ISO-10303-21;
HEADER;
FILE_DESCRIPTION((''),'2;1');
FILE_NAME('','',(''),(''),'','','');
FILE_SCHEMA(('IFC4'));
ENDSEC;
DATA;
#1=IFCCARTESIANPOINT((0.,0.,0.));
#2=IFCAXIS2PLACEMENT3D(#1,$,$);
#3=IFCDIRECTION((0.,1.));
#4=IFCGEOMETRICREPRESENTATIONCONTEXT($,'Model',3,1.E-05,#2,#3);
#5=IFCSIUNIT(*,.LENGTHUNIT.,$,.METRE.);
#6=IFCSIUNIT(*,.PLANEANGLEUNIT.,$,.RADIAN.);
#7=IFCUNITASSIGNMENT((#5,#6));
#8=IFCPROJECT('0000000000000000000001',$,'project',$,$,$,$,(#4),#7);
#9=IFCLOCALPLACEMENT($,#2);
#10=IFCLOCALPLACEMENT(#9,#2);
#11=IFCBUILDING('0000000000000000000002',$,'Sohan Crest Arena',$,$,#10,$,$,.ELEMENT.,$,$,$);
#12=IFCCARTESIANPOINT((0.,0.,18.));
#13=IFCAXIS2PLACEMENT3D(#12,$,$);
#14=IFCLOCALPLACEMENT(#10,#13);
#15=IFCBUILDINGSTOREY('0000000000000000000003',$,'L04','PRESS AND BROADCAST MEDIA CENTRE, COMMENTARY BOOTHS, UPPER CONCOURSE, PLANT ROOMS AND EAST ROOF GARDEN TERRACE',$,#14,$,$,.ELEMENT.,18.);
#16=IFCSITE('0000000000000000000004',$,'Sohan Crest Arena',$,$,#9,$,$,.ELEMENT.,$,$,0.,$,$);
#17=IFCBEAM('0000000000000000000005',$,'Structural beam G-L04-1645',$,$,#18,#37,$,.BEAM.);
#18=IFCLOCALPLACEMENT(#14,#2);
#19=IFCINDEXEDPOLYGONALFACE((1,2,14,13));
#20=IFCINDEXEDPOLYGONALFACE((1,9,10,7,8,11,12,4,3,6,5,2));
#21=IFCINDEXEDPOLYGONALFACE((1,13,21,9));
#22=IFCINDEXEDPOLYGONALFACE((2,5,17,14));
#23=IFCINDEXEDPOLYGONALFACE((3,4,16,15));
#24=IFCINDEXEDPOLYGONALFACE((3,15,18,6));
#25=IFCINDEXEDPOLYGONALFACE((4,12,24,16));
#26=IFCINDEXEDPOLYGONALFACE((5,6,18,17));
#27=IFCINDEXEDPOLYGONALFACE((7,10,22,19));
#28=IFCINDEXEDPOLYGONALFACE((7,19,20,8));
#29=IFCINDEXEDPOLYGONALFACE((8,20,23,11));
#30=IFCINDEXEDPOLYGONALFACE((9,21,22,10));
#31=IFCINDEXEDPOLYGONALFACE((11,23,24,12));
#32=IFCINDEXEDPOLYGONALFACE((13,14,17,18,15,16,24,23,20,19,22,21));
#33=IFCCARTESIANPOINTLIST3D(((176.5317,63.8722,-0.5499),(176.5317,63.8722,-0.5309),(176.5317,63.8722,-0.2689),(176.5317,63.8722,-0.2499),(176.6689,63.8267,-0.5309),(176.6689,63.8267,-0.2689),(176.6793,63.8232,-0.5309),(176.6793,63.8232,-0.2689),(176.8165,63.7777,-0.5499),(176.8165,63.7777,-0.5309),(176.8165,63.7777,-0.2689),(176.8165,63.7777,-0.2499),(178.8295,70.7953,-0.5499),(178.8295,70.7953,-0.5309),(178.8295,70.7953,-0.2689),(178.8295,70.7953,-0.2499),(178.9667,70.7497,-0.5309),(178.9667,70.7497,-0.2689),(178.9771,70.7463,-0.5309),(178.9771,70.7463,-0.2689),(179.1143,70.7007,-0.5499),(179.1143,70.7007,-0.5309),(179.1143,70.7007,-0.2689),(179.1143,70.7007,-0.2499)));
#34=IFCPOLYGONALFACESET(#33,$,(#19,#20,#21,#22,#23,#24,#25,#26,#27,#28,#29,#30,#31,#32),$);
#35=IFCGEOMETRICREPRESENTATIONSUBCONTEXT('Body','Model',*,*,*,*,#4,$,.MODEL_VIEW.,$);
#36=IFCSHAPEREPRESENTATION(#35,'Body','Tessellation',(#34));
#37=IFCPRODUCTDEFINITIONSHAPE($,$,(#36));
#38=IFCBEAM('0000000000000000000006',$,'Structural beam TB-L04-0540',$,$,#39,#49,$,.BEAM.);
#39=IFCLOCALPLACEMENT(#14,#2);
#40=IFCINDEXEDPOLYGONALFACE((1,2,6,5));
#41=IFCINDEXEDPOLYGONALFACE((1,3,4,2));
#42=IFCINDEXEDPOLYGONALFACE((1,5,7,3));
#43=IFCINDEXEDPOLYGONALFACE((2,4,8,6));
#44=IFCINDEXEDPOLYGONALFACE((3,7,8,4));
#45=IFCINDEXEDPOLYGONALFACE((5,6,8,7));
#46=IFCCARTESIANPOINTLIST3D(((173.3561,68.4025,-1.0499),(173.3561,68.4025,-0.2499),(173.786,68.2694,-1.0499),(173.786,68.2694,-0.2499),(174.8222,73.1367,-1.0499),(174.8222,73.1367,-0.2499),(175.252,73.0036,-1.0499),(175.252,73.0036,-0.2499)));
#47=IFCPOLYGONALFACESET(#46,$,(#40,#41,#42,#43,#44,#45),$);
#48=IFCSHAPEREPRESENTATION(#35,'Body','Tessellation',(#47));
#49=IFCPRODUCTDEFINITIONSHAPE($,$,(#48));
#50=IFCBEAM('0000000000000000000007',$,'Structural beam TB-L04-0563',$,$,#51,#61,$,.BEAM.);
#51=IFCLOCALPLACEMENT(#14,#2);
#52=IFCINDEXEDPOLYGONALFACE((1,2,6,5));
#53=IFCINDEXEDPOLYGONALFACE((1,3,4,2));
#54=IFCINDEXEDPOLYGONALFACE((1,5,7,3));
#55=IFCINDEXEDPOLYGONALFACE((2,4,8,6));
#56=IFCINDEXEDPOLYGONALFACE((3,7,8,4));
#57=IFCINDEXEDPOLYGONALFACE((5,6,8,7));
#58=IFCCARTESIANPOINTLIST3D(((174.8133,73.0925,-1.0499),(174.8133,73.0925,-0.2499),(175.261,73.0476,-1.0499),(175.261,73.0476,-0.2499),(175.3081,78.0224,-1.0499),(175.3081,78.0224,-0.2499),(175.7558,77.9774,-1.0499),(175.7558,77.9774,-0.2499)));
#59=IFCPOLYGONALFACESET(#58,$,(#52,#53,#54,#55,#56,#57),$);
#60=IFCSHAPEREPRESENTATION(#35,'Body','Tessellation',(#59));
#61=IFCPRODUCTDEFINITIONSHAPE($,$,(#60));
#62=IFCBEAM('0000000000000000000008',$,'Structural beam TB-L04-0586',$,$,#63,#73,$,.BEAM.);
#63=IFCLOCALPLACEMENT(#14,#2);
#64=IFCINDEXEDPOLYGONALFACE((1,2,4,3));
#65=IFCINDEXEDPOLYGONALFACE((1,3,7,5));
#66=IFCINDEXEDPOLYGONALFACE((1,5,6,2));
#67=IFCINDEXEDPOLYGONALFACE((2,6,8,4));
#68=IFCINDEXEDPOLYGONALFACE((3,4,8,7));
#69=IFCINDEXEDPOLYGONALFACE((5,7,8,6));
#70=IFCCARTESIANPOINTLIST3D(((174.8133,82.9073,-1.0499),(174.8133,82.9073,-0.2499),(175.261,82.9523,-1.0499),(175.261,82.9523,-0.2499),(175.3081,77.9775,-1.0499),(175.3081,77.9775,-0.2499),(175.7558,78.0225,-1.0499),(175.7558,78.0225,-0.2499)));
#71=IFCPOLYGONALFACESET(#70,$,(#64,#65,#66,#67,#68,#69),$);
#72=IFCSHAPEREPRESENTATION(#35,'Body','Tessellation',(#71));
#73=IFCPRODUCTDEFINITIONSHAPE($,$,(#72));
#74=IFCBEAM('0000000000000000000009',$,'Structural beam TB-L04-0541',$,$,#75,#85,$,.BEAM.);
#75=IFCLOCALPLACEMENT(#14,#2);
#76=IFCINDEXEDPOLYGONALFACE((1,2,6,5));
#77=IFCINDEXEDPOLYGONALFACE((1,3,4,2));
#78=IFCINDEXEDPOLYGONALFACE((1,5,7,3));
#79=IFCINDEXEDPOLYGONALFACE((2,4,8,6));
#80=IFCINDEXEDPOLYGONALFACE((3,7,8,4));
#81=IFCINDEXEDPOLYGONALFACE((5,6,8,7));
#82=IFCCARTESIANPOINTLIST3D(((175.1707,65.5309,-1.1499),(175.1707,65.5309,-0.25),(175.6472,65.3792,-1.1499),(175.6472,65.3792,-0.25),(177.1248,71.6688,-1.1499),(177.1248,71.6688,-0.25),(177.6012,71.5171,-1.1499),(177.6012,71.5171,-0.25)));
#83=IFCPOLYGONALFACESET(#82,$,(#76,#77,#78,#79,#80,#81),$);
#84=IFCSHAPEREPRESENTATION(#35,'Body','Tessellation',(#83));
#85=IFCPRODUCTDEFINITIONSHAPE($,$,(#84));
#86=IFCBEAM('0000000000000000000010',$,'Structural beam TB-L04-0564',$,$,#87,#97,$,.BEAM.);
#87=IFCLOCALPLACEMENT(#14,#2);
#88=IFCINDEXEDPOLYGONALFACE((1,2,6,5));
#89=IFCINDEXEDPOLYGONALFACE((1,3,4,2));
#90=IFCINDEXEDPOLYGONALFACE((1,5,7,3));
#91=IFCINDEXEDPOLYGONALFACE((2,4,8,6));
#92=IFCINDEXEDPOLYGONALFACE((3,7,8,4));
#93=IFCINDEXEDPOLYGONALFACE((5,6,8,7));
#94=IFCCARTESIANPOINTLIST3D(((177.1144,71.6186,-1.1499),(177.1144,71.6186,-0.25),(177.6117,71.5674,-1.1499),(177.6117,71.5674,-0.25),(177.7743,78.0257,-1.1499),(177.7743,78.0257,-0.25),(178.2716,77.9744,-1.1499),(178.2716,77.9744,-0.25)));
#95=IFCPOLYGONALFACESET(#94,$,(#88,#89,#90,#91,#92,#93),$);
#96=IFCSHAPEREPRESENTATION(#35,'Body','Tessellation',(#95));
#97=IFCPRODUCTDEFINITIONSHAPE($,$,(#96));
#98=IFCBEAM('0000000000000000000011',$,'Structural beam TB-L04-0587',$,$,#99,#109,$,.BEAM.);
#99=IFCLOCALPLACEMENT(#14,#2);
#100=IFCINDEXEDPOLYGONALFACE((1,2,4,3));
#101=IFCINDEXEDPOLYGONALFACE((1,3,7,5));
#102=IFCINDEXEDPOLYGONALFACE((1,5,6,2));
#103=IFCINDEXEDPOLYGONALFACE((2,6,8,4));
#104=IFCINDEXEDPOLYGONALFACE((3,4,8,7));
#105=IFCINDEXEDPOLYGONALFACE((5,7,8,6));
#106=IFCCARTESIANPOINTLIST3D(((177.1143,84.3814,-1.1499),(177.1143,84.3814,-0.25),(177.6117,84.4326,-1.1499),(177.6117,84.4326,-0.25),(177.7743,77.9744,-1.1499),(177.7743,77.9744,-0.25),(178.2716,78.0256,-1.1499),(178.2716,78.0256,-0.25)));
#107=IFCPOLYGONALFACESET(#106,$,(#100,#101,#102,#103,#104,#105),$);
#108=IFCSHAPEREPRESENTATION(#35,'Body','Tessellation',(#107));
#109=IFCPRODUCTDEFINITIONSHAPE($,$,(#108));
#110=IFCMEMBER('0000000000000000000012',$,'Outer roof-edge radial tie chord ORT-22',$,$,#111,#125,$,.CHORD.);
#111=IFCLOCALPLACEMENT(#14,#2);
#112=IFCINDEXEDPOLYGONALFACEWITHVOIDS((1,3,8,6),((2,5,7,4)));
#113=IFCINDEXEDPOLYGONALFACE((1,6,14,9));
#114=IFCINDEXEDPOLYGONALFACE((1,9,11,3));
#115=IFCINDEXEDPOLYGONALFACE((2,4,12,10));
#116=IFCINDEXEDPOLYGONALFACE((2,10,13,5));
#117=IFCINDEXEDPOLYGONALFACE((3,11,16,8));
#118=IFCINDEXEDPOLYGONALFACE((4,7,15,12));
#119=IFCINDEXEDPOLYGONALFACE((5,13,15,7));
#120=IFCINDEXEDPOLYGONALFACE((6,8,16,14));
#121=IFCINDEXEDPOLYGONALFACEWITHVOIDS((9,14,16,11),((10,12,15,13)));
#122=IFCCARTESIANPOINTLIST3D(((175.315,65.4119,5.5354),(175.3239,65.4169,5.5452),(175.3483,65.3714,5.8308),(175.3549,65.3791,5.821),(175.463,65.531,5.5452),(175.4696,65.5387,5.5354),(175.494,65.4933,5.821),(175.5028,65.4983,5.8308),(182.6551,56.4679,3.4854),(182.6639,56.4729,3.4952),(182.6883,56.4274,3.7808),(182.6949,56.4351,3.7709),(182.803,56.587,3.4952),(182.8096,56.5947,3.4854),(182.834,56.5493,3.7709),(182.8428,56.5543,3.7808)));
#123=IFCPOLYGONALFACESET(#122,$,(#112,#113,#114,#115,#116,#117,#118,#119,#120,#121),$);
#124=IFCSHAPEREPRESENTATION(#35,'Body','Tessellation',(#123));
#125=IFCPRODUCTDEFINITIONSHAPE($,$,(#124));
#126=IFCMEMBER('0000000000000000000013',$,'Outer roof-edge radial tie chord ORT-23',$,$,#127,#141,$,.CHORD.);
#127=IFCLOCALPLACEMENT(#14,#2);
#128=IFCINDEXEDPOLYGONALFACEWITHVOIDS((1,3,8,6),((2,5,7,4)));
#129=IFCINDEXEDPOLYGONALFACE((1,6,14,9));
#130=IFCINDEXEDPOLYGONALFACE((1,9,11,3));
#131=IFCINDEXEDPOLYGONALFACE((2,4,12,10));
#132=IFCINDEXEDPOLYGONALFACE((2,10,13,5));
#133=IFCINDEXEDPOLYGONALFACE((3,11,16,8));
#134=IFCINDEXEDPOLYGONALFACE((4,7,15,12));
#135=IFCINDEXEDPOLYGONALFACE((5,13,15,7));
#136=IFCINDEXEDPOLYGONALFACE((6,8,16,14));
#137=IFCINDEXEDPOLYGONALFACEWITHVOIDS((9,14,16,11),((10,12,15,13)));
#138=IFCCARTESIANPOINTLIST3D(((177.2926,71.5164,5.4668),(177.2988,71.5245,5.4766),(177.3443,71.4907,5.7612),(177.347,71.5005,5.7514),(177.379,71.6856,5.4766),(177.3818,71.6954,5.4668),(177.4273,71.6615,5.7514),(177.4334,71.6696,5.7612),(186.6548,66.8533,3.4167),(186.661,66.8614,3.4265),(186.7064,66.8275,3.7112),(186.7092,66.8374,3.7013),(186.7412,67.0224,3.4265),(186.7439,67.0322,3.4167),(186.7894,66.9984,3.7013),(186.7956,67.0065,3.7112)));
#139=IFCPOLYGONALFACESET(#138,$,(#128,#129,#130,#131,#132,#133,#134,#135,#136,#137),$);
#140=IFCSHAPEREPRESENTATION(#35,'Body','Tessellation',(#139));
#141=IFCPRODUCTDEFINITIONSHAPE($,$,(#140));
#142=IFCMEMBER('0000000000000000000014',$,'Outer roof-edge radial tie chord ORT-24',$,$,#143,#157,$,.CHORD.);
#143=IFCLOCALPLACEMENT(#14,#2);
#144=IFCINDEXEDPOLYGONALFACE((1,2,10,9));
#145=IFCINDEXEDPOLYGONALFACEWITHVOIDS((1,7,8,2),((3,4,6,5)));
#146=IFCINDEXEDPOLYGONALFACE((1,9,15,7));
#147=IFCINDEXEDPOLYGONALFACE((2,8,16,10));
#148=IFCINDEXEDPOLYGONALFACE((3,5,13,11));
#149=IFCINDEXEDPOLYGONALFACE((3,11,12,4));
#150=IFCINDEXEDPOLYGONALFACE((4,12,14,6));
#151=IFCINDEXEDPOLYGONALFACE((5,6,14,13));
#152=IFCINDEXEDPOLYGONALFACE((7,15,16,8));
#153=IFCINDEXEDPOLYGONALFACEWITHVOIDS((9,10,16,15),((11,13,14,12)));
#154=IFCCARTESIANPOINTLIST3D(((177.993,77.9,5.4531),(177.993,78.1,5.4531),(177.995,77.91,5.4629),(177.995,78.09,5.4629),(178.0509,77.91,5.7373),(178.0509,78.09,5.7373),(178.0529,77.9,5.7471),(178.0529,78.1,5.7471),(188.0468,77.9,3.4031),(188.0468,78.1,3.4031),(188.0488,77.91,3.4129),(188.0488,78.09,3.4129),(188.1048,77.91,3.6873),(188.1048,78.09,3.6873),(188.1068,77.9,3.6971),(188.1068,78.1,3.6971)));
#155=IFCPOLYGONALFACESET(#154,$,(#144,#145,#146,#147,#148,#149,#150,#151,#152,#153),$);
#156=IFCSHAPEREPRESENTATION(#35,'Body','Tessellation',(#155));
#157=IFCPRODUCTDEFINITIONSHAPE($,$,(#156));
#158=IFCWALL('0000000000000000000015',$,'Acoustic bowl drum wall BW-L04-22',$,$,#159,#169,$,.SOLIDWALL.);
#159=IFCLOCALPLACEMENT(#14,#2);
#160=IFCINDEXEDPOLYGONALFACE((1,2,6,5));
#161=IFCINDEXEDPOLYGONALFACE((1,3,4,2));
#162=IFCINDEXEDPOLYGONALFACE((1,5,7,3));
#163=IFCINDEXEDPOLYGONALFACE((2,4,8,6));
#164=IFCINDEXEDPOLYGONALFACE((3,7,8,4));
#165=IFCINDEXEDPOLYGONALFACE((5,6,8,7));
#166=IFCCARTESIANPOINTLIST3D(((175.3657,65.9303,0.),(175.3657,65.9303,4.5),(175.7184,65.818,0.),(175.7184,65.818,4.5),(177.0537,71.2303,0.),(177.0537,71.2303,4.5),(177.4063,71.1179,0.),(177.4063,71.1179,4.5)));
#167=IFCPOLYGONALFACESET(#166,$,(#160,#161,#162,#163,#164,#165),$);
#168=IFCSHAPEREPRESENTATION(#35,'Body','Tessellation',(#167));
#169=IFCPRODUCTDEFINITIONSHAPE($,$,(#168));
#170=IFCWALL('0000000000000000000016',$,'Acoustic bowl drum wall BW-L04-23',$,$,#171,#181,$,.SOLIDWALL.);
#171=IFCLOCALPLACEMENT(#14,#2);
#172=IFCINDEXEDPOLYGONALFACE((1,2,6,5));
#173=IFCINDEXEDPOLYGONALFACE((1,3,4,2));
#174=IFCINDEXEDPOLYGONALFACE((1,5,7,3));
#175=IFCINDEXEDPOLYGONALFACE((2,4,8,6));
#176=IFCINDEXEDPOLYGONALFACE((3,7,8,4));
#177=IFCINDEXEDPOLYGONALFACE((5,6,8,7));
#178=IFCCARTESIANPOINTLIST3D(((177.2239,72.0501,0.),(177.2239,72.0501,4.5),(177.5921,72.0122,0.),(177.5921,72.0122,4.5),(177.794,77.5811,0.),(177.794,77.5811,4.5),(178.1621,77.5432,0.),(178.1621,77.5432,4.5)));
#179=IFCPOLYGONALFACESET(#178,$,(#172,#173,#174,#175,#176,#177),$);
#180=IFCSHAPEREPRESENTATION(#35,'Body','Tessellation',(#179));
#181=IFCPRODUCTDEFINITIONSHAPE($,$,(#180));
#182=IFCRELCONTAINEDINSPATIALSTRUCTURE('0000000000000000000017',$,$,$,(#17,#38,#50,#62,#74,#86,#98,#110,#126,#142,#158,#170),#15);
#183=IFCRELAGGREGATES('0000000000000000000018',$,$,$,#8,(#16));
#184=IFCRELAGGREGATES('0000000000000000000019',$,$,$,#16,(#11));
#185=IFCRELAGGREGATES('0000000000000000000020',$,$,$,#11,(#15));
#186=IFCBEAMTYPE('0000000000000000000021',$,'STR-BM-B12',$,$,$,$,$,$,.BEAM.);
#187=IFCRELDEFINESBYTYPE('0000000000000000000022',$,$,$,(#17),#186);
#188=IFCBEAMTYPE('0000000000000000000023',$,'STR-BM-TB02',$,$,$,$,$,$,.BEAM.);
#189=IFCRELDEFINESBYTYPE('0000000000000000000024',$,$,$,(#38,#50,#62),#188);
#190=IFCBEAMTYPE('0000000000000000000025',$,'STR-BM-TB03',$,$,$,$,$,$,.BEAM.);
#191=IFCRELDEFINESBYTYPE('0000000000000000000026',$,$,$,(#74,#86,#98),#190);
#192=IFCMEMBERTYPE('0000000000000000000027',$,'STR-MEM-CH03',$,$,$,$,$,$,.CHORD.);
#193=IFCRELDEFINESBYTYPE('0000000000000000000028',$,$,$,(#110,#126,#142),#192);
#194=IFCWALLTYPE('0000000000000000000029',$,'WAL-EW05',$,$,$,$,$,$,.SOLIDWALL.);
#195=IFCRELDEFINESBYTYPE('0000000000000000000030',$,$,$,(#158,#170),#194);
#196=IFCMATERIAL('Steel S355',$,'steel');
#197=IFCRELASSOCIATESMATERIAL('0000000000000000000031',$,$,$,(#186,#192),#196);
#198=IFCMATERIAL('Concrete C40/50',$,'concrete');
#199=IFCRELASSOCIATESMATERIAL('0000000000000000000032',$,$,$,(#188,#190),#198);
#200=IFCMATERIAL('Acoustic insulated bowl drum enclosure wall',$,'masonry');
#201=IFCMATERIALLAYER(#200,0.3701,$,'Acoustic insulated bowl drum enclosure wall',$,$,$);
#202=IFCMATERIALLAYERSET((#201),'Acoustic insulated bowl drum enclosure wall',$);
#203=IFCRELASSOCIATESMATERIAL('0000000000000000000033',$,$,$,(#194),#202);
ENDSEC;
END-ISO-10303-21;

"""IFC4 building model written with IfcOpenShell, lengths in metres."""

from ifc_helpers import new_model, si_unit, direction, frame, frame_2d, origin, origin_2d, place, context, subcontext, project, spatial, rectangle, hollow_rectangle, i_section, extrude, material, layer, layer_set, material_profile, profile_set, type_object, element, save


model = new_model("IFC4")

# Units and contexts
model_context = context("Model", 3, precision=1e-05, world=origin(), true_north=direction((0.0, 1.0)))
body_context = subcontext(model_context, "Body", "Model", "MODEL_VIEW")
ifc_project = project(units=[si_unit("LENGTHUNIT", "METRE"), si_unit("PLANEANGLEUNIT", "RADIAN")], contexts=[model_context])

# Site, building, storey
site_placement = place(None, origin())
site = spatial("IfcSite", under=ifc_project, at=site_placement, Name="Sohan Crest Arena", CompositionType="ELEMENT", RefElevation=0.0)
building_placement = place(site_placement, origin())
building = spatial("IfcBuilding", under=site, at=building_placement, Name="Sohan Crest Arena", CompositionType="ELEMENT")
storey_placement = place(building_placement, frame((0.0, 0.0, 18.0)))
storey = spatial("IfcBuildingStorey", under=building, at=storey_placement, Name="L04", Description="PRESS AND BROADCAST MEDIA CENTRE, COMMENTARY BOOTHS, UPPER CONCOURSE, PLANT ROOMS AND EAST ROOF GARDEN TERRACE", CompositionType="ELEMENT", Elevation=18.0)

# Shared definitions
ifc_material_1 = material(Name="Concrete C40/50", Category="concrete")
ifc_material_2 = material(Name="Steel S355", Category="steel")

# Beams
ifc_material_profile_1 = material_profile(ifc_material_2, i_section(OverallWidth=0.3, OverallDepth=0.3, WebThickness=0.011, FlangeThickness=0.019, at=origin_2d()), Name="HEB 300")
ifc_profile_set_1 = profile_set([ifc_material_profile_1], Name="Steel S355")
beam_type_1 = type_object("IfcBeamType", Name="STR-BM-B12", PredefinedType="BEAM", material=ifc_profile_set_1)
beam_1_placement = place(storey_placement, frame((176.6741, 63.825, -0.3999), z_axis=(0.315013, 0.949087, 0.0), x_axis=(-0.949087, 0.315013, 0.0)))
element("IfcBeam", 1, at=beam_1_placement, inside=storey, type_object=beam_type_1, Name="Structural beam G-L04-1645", PredefinedType="BEAM", context=body_context, shape_type="SweptSolid", body=[
    extrude(i_section(OverallWidth=0.3, OverallDepth=0.3, WebThickness=0.011, FlangeThickness=0.019, at=origin_2d()), origin(), (0.0, 0.0, 1.0), 7.2944),
])
ifc_material_profile_2 = material_profile(ifc_material_1, rectangle(XDim=0.45, YDim=0.8, at=origin_2d()), Name="RC-BM 450x800")
ifc_profile_set_2 = profile_set([ifc_material_profile_2], Name="Concrete C40/50")
beam_type_2 = type_object("IfcBeamType", Name="STR-BM-TB02", PredefinedType="BEAM", material=ifc_profile_set_2)
beam_2_placement = place(storey_placement, frame((173.571, 68.3359, -0.6499), z_axis=(0.29582, 0.955244, 0.0), x_axis=(-0.955244, 0.29582, 0.0)))
element("IfcBeam", 2, at=beam_2_placement, inside=storey, type_object=beam_type_2, Name="Structural beam TB-L04-0540", PredefinedType="BEAM", context=body_context, shape_type="SweptSolid", body=[
    extrude(rectangle(XDim=0.45, YDim=0.8, at=origin_2d()), origin(), (0.0, 0.0, 1.0), 4.9561),
])
for number, where, z_axis, x_axis, name in (
    (3, (175.0371, 73.0701, -0.6499), (0.099879, 0.995, 0.0), (-0.995, 0.099879, 0.0), "Structural beam TB-L04-0563"),
    (4, (175.532, 78.0, -0.6499), (-0.099879, 0.995, 0.0), (-0.995, -0.099879, 0.0), "Structural beam TB-L04-0586"),
):
    element("IfcBeam", number, at=place(storey_placement, frame(where, z_axis=z_axis, x_axis=x_axis)), inside=storey, type_object=beam_type_2, Name=name, PredefinedType="BEAM", context=body_context, shape_type="SweptSolid", body=[
        extrude(rectangle(XDim=0.45, YDim=0.8, at=origin_2d()), origin(), (0.0, 0.0, 1.0), 4.9546),
    ])
ifc_material_profile_3 = material_profile(ifc_material_1, rectangle(XDim=0.5, YDim=0.8999, at=origin_2d()), Name="RC-BM 500x900")
ifc_profile_set_3 = profile_set([ifc_material_profile_3], Name="Concrete C40/50")
beam_type_3 = type_object("IfcBeamType", Name="STR-BM-TB03", PredefinedType="BEAM", material=ifc_profile_set_3)
beam_3_placement = place(storey_placement, frame((175.4089, 65.4551, -0.7), z_axis=(0.303362, 0.952875, 0.0), x_axis=(-0.952875, 0.303362, 0.0)))
element("IfcBeam", 5, at=beam_3_placement, inside=storey, type_object=beam_type_3, Name="Structural beam TB-L04-0541", PredefinedType="BEAM", context=body_context, shape_type="SweptSolid", body=[
    extrude(rectangle(XDim=0.5, YDim=0.8999, at=origin_2d()), origin(), (0.0, 0.0, 1.0), 6.4414),
])
for number, where, z_axis, x_axis, name in (
    (6, (177.363, 71.593, -0.7), (0.102457, 0.994737, 0.0), (-0.994737, 0.102457, 0.0), "Structural beam TB-L04-0564"),
    (7, (178.0229, 78.0, -0.7), (-0.102457, 0.994737, 0.0), (-0.994737, -0.102457, 0.0), "Structural beam TB-L04-0587"),
):
    element("IfcBeam", number, at=place(storey_placement, frame(where, z_axis=z_axis, x_axis=x_axis)), inside=storey, type_object=beam_type_3, Name=name, PredefinedType="BEAM", context=body_context, shape_type="SweptSolid", body=[
        extrude(rectangle(XDim=0.5, YDim=0.8999, at=origin_2d()), origin(), (0.0, 0.0, 1.0), 6.4409),
    ])

# Members
ifc_material_profile_4 = material_profile(ifc_material_2, hollow_rectangle(XDim=0.2, YDim=0.3, WallThickness=0.01, at=origin_2d()), Name="RHS 300x200x10")
ifc_profile_set_4 = profile_set([ifc_material_profile_4], Name="Steel S355")
member_type = type_object("IfcMemberType", Name="STR-MEM-CH03", PredefinedType="CHORD", material=ifc_profile_set_4)
member_1_placement = place(storey_placement, frame((175.4089, 65.4551, 5.6831), z_axis=(0.624657, -0.761161, -0.174463), x_axis=(0.773016, 0.634386, 0.0)))
element("IfcMember", 8, at=member_1_placement, inside=storey, type_object=member_type, Name="Outer roof-edge radial tie chord ORT-22", PredefinedType="CHORD", context=body_context, shape_type="SweptSolid", body=[
    extrude(hollow_rectangle(XDim=0.2, YDim=0.3, WallThickness=0.01, at=origin_2d()), origin(), (0.0, 0.0, 1.0), 11.7505),
])
member_2_placement = place(storey_placement, frame((177.363, 71.593, 5.614), z_axis=(0.878398, -0.437515, -0.192346), x_axis=(0.445841, 0.895112, 0.0)))
element("IfcMember", 9, at=member_2_placement, inside=storey, type_object=member_type, Name="Outer roof-edge radial tie chord ORT-23", PredefinedType="CHORD", context=body_context, shape_type="SweptSolid", body=[
    extrude(hollow_rectangle(XDim=0.2, YDim=0.3, WallThickness=0.01, at=origin_2d()), origin(), (0.0, 0.0, 1.0), 10.6582),
])
member_3_placement = place(storey_placement, frame((178.0229, 78.0, 5.6001), z_axis=(0.979838, 0.0, -0.199794), x_axis=(0.0, 1.0, 0.0)))
element("IfcMember", 10, at=member_3_placement, inside=storey, type_object=member_type, Name="Outer roof-edge radial tie chord ORT-24", PredefinedType="CHORD", context=body_context, shape_type="SweptSolid", body=[
    extrude(hollow_rectangle(XDim=0.2, YDim=0.3, WallThickness=0.01, at=origin_2d()), origin(), (0.0, 0.0, 1.0), 10.2607),
])

# Walls
ifc_material_3 = material(Name="Acoustic insulated bowl drum enclosure wall", Category="masonry")
ifc_layer = layer(ifc_material_3, 0.3701, Name="Acoustic insulated bowl drum enclosure wall")
ifc_layer_set = layer_set([ifc_layer], Name="Acoustic insulated bowl drum enclosure wall")
wall_type = type_object("IfcWallType", Name="WAL-EW05", PredefinedType="SOLIDWALL", material=ifc_layer_set)
wall_1_placement = place(storey_placement, frame((175.542, 65.874, 0.0), z_axis=(0.0, 0.0, 1.0), x_axis=(0.303466, 0.952842, 0.0)))
element("IfcWall", 11, at=wall_1_placement, inside=storey, type_object=wall_type, Name="Acoustic bowl drum wall BW-L04-22", PredefinedType="SOLIDWALL", context=body_context, shape_type="SweptSolid", body=[
    extrude(rectangle(XDim=5.5623, YDim=0.3701, at=frame_2d((2.7812, 0.0))), origin(), (0.0, 0.0, 1.0), 4.5),
])
wall_2_placement = place(storey_placement, frame((177.408, 72.031, 0.0), z_axis=(0.0, 0.0, 1.0), x_axis=(0.102525, 0.99473, 0.0)))
element("IfcWall", 12, at=wall_2_placement, inside=storey, type_object=wall_type, Name="Acoustic bowl drum wall BW-L04-23", PredefinedType="SOLIDWALL", context=body_context, shape_type="SweptSolid", body=[
    extrude(rectangle(XDim=5.5603, YDim=0.3701, at=frame_2d((2.7803, 0.0))), origin(), (0.0, 0.0, 1.0), 4.5),
])

save(model, "model.ifc")
